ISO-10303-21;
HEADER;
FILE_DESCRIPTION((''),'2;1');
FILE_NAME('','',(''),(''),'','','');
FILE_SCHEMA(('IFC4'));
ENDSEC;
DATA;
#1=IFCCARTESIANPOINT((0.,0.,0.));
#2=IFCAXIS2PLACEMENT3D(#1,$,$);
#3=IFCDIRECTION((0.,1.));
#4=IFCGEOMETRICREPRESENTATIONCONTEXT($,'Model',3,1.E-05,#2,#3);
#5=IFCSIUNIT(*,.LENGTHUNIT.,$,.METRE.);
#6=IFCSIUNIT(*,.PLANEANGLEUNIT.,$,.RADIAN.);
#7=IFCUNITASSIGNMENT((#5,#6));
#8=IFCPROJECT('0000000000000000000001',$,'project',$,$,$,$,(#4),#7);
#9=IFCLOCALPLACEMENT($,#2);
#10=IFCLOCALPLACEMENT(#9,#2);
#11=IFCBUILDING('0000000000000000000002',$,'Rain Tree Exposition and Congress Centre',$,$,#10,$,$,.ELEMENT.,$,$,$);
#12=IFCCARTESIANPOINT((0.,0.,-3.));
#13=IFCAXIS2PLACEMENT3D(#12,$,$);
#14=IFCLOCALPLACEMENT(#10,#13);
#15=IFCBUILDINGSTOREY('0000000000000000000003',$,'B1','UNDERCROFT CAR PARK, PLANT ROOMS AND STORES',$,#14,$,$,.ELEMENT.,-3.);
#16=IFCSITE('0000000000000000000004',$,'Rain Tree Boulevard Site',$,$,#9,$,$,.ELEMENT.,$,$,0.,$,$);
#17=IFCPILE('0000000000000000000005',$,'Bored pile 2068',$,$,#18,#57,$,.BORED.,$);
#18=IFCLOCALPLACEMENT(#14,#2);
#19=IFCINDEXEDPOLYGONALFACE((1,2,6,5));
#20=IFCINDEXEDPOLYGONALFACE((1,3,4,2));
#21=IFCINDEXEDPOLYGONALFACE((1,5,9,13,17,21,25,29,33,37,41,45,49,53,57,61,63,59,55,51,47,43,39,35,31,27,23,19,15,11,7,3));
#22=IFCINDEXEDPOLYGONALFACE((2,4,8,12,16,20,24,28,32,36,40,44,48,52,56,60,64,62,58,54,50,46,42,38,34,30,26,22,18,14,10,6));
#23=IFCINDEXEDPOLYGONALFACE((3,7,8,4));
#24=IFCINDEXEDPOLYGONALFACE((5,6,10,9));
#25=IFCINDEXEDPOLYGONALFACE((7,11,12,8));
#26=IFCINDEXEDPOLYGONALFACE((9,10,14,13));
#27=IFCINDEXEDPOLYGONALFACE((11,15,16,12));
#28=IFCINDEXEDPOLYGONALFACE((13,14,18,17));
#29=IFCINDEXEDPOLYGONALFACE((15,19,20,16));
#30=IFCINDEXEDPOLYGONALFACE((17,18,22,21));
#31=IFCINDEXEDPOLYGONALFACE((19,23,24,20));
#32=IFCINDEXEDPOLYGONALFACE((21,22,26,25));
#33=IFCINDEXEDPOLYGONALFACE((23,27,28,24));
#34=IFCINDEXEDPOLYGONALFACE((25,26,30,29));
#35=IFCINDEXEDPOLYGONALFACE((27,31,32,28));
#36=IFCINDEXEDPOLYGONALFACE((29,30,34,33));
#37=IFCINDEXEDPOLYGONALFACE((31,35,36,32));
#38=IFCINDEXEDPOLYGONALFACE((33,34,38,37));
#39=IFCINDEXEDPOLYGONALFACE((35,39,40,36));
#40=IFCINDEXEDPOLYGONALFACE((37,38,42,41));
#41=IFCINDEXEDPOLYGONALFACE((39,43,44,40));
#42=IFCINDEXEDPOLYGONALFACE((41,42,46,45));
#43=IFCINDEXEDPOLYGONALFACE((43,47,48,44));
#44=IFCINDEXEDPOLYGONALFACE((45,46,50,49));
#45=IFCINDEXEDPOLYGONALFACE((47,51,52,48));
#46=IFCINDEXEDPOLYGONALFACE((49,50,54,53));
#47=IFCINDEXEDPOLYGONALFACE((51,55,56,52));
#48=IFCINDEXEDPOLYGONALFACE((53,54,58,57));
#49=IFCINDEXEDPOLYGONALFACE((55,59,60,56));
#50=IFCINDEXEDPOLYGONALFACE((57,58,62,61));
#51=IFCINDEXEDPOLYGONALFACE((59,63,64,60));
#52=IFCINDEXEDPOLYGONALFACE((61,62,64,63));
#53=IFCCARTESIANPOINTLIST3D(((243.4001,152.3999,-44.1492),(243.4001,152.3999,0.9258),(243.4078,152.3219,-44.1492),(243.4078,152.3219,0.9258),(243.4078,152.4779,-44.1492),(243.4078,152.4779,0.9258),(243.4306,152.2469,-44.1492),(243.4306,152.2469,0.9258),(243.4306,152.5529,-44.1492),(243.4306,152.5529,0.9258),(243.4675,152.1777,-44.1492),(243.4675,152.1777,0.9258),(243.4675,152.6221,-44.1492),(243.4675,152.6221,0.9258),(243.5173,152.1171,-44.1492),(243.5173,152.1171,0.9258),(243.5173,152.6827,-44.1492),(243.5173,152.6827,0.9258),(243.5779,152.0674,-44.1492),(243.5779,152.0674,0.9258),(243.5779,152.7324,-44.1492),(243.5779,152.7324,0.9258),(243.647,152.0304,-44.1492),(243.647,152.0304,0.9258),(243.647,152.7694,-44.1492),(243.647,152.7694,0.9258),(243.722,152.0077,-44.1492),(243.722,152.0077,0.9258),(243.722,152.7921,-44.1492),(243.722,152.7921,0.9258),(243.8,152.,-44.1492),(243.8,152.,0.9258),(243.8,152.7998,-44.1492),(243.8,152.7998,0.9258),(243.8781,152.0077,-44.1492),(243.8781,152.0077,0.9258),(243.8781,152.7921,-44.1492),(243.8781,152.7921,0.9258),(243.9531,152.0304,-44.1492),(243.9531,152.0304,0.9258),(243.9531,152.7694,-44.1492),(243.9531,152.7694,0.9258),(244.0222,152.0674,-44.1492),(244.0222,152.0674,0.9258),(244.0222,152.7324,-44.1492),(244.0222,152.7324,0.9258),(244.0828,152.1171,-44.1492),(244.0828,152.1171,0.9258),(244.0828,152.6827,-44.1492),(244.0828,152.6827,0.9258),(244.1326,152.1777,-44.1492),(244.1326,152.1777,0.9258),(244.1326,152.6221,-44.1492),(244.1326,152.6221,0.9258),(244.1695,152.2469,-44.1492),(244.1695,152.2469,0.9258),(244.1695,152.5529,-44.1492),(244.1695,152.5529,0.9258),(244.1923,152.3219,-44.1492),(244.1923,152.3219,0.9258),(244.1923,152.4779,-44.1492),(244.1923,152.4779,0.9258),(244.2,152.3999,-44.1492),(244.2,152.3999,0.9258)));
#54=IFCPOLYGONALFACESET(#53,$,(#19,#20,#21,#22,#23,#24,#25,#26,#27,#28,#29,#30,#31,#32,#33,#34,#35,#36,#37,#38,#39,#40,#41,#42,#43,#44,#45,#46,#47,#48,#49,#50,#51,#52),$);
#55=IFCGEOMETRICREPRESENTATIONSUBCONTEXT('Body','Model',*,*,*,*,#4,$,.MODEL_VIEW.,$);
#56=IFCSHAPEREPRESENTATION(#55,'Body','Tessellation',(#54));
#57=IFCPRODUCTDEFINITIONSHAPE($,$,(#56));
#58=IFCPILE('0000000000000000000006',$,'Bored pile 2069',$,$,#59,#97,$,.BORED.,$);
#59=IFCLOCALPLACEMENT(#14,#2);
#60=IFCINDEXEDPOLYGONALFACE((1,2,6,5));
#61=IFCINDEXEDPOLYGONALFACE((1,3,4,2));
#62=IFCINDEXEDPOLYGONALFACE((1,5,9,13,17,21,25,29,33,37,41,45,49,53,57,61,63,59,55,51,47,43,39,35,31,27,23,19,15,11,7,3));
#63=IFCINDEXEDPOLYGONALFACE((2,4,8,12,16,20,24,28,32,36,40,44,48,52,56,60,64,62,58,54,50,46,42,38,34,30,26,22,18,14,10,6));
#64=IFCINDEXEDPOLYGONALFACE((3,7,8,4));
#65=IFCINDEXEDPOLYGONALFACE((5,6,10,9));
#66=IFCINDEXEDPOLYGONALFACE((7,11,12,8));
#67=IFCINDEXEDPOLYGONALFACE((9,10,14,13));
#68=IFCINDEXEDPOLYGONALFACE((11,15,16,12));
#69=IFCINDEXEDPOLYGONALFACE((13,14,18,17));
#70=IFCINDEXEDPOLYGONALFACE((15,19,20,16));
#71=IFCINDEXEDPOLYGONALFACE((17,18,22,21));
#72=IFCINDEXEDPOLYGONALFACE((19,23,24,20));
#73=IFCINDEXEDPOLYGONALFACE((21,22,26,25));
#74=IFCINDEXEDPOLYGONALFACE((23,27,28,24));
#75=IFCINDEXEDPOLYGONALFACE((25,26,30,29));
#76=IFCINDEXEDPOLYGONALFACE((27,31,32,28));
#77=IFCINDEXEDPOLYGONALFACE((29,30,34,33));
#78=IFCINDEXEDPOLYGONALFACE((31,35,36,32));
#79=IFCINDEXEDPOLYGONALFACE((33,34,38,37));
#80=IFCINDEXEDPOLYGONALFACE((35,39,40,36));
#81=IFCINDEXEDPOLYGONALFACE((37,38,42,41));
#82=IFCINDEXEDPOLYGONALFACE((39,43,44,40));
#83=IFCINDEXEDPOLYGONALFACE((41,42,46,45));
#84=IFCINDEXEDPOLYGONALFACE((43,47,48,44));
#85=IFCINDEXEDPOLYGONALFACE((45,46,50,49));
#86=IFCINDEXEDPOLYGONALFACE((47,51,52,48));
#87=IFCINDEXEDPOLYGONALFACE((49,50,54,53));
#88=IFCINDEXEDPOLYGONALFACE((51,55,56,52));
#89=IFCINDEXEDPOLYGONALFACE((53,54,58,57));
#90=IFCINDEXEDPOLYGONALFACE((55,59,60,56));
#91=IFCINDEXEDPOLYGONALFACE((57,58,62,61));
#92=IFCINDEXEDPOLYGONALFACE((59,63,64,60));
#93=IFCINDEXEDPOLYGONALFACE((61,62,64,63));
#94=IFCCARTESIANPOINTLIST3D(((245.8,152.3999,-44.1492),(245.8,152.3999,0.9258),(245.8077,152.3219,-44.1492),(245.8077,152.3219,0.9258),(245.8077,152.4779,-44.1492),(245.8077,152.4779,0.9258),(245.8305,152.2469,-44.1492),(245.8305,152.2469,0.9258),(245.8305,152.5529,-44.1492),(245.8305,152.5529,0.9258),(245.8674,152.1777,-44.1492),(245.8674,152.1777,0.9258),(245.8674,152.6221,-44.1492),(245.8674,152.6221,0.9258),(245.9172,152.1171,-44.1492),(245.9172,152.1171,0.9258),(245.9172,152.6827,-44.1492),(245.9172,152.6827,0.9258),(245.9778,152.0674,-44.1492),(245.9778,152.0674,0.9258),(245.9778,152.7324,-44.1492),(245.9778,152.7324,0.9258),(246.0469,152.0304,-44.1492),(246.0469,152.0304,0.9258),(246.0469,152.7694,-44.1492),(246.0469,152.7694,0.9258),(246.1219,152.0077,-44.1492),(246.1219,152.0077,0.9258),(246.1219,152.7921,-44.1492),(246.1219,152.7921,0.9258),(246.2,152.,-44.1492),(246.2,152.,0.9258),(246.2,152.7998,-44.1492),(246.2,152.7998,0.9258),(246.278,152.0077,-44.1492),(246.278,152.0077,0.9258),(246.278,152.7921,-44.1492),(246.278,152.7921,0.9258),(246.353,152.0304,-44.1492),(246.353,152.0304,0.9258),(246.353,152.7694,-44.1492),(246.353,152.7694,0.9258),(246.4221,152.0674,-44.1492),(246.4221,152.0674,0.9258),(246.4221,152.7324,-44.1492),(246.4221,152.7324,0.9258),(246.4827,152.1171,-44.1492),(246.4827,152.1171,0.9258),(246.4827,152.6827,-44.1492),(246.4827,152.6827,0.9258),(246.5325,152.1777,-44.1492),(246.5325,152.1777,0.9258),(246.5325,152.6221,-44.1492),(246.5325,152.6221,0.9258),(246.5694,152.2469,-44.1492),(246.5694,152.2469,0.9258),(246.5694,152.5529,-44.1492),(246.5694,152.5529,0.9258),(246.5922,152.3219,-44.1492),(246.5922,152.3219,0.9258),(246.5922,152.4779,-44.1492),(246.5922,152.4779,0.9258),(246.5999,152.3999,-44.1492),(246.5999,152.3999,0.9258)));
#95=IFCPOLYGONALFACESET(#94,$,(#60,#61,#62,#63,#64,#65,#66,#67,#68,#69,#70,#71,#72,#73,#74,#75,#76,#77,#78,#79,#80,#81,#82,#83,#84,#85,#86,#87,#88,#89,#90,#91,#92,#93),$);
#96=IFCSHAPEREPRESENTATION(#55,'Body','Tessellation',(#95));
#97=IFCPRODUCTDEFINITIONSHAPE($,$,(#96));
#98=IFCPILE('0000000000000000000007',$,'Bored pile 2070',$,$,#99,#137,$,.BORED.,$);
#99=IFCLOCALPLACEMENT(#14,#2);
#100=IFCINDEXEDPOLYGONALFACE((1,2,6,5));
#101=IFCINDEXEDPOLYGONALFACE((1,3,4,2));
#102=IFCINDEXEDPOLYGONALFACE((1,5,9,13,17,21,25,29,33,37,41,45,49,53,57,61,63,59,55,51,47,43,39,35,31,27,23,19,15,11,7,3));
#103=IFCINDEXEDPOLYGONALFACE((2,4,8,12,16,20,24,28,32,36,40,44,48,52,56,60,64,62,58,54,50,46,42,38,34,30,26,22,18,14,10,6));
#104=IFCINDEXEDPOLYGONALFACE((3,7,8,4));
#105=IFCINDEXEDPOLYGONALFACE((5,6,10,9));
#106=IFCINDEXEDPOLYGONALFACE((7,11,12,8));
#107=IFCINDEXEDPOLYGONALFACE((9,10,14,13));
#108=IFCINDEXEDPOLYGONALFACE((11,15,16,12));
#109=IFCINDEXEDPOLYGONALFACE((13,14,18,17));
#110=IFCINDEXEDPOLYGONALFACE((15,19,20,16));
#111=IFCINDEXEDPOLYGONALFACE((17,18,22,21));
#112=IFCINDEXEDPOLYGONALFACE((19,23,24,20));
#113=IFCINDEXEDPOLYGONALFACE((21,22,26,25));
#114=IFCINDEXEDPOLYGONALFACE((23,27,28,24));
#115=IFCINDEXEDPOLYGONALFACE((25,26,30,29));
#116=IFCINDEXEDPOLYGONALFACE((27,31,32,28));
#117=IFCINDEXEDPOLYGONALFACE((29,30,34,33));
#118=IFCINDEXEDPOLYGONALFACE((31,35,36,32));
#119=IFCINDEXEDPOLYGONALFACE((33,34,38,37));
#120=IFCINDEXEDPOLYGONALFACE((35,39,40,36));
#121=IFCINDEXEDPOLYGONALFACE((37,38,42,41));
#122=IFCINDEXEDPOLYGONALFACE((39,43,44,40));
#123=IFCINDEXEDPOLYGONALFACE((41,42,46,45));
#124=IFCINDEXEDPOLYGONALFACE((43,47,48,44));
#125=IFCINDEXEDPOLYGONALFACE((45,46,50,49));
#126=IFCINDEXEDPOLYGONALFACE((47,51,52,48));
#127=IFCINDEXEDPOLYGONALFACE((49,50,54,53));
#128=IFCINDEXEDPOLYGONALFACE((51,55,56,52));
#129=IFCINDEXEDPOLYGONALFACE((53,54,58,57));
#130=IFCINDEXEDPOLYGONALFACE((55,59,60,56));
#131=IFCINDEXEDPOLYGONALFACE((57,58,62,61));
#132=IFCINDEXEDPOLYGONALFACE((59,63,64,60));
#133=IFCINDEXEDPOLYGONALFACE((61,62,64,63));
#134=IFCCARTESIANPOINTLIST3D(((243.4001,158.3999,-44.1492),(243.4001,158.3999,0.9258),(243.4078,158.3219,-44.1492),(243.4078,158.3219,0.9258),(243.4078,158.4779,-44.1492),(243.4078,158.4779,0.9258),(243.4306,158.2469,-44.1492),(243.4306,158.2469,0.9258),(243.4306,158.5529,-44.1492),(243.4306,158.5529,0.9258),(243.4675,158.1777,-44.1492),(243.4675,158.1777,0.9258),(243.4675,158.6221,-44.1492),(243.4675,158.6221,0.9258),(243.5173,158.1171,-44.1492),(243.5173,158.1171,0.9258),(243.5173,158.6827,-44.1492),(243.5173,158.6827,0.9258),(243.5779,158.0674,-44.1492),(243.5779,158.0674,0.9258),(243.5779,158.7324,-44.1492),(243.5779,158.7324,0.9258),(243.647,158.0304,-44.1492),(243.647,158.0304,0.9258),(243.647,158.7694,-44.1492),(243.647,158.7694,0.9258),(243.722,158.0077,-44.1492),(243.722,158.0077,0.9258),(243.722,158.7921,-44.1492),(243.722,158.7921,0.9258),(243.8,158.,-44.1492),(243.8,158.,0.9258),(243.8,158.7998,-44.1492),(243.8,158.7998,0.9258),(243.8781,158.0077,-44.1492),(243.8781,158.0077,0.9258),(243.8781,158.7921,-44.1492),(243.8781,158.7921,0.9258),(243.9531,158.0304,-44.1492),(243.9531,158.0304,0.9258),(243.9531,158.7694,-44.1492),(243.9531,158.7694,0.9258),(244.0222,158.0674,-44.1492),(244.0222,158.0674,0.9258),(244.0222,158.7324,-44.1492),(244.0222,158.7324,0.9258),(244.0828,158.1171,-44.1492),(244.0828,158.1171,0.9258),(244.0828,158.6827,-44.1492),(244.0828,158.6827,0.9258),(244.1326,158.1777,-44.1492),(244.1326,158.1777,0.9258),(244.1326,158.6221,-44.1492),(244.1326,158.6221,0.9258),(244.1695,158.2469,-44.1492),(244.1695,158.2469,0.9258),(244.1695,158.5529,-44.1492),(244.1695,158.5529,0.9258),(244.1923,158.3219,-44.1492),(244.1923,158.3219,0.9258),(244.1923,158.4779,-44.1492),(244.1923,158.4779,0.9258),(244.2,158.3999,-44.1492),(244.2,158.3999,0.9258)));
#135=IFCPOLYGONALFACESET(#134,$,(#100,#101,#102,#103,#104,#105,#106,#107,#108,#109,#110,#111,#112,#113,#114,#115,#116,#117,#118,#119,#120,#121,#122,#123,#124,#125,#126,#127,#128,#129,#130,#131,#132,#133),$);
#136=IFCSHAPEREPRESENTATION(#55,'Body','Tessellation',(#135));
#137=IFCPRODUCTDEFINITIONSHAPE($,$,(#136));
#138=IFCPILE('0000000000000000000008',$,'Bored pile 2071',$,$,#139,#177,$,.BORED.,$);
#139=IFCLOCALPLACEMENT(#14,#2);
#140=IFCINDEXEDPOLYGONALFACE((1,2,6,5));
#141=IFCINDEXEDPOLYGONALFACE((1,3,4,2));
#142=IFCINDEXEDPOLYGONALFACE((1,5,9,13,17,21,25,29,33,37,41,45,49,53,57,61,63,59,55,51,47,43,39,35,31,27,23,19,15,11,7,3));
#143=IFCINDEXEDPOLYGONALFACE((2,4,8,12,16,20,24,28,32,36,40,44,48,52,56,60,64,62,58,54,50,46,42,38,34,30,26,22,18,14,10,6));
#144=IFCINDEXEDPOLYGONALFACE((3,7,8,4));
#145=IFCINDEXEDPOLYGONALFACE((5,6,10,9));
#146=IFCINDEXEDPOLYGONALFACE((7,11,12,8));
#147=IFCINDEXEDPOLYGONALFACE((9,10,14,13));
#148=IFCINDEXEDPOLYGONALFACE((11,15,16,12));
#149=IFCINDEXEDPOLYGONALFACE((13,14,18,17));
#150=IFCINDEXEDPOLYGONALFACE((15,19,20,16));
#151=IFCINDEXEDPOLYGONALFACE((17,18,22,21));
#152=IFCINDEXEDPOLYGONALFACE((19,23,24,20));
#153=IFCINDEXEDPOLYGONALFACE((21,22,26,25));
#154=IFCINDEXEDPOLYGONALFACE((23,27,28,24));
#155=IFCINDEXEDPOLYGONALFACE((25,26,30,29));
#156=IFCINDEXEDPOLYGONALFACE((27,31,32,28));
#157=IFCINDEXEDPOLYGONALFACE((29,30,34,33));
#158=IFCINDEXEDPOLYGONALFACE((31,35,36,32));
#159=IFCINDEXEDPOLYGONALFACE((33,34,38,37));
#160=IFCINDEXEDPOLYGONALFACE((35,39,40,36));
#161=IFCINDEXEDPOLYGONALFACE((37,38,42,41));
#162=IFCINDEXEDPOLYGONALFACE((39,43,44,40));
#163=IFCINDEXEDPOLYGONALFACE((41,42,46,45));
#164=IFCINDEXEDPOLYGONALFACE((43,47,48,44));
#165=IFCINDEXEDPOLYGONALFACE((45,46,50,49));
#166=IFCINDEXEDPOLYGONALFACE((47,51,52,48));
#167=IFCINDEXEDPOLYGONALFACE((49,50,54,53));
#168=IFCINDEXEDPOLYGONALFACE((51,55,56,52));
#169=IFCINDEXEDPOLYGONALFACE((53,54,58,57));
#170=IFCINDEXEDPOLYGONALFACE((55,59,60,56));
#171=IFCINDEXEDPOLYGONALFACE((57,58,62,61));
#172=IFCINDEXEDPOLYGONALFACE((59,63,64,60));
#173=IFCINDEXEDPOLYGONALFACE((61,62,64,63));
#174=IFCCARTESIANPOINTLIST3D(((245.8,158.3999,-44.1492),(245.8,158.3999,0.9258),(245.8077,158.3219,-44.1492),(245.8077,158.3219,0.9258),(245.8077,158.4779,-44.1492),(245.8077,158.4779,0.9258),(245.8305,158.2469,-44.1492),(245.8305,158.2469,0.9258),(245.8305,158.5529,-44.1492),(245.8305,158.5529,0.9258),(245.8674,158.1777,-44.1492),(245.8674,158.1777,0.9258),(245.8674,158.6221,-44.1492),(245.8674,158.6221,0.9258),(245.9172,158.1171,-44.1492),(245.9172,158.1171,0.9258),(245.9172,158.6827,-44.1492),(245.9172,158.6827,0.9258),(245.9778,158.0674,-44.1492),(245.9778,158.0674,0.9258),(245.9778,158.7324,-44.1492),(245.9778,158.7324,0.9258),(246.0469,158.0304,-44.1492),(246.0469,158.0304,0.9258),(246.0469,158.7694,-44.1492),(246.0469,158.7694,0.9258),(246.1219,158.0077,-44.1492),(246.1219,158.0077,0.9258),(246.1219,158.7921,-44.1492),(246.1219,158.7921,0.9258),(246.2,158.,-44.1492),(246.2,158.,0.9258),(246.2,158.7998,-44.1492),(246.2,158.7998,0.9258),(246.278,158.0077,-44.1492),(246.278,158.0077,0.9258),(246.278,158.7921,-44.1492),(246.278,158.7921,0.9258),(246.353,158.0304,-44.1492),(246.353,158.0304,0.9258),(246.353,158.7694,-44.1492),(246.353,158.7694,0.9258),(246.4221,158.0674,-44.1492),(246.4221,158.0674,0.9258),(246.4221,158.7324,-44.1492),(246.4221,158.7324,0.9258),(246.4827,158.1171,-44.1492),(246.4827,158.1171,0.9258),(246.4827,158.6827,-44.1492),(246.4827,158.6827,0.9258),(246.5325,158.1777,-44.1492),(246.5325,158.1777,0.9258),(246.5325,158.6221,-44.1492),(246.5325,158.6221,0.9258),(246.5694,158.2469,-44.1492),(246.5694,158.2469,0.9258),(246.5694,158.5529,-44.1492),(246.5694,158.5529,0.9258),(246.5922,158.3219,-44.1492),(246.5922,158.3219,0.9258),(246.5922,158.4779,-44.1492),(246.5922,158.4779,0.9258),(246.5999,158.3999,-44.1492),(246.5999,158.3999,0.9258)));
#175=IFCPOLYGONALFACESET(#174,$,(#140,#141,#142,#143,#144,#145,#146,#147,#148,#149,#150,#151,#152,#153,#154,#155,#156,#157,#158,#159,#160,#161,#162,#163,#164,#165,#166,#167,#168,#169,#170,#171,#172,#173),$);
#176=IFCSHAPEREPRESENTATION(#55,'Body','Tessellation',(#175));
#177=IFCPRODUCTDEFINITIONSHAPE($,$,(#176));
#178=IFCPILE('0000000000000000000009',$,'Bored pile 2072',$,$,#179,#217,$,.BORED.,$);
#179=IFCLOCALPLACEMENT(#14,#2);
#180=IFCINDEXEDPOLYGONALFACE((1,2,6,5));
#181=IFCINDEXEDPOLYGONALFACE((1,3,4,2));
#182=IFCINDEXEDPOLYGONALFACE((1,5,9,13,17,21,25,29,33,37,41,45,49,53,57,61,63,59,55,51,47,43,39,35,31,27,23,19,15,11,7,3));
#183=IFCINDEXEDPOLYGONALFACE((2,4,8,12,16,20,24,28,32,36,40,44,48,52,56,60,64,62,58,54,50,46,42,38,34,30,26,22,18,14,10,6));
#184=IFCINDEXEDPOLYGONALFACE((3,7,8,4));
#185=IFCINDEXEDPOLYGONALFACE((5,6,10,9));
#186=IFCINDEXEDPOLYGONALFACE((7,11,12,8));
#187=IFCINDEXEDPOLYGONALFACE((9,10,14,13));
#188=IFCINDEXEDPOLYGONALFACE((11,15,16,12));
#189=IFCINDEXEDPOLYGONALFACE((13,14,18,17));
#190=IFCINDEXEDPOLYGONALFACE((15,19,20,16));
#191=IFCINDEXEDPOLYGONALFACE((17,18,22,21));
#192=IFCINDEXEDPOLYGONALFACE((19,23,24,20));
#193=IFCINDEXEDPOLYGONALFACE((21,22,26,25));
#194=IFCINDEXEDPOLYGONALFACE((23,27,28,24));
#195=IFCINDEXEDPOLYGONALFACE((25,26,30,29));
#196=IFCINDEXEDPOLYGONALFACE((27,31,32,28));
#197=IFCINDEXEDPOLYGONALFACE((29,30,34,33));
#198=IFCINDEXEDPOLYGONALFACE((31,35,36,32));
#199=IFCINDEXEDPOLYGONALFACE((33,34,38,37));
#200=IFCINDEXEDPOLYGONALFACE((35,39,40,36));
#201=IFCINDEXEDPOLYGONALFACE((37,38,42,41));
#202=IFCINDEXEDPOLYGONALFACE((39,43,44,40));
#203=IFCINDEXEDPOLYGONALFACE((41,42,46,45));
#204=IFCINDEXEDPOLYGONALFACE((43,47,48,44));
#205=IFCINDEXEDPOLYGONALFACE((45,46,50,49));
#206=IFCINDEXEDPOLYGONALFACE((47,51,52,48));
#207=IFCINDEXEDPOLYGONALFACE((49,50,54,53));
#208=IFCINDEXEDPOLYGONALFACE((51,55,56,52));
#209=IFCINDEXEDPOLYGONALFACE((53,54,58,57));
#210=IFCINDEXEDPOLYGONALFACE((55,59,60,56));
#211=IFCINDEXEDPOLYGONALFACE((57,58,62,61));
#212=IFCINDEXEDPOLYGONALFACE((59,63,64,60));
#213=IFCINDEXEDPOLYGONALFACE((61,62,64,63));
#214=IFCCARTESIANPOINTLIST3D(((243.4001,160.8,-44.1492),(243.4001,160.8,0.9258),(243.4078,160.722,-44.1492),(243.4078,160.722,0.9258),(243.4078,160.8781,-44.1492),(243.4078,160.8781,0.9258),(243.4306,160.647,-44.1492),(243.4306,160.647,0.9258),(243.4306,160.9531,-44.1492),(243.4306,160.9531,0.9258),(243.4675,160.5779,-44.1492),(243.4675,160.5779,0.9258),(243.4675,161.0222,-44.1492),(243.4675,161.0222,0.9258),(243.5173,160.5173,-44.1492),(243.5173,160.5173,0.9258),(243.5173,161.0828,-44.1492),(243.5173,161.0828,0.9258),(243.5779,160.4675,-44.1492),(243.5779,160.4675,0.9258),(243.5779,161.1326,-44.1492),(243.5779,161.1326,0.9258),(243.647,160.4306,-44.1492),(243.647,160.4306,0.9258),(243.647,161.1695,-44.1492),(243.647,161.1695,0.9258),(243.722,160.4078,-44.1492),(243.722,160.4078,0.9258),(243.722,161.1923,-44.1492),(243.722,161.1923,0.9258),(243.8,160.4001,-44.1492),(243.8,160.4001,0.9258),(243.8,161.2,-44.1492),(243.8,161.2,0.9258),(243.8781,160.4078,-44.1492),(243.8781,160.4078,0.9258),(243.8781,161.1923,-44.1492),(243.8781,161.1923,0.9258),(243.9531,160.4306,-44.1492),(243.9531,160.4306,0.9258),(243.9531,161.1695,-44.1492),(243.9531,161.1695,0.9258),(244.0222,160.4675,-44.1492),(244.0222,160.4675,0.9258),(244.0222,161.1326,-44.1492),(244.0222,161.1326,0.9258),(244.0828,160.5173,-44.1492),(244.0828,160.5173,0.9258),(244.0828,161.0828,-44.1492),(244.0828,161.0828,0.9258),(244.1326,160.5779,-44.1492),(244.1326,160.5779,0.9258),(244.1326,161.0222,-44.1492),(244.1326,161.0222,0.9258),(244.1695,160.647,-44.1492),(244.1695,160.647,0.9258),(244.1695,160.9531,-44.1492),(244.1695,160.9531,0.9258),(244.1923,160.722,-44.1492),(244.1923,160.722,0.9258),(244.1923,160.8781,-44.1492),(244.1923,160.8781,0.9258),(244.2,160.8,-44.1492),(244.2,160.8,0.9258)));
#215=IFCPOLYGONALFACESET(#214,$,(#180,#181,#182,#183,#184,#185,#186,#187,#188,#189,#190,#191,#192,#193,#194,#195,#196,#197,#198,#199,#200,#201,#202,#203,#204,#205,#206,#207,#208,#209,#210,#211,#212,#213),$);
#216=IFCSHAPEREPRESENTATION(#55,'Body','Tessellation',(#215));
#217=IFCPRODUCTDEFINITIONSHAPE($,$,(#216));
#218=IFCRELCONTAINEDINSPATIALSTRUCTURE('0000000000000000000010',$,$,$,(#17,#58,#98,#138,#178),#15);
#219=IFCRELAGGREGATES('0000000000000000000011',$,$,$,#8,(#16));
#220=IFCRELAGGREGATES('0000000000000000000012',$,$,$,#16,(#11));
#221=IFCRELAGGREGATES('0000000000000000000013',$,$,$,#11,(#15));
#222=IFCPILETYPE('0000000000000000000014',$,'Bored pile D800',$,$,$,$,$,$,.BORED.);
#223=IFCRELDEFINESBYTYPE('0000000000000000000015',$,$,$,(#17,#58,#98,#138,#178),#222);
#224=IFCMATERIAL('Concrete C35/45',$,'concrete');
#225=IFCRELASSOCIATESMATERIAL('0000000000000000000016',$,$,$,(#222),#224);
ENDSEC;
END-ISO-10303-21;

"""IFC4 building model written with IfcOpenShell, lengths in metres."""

from ifc_helpers import new_model, si_unit, direction, frame, origin, origin_2d, place, context, subcontext, project, spatial, circle, extrude, material, material_profile, profile_set, type_object, element, save


model = new_model("IFC4")

# Units and contexts
model_context = context("Model", 3, precision=1e-05, world=origin(), true_north=direction((0.0, 1.0)))
body_context = subcontext(model_context, "Body", "Model", "MODEL_VIEW")
ifc_project = project(units=[si_unit("LENGTHUNIT", "METRE"), si_unit("PLANEANGLEUNIT", "RADIAN")], contexts=[model_context])

# Site, building, storey
site_placement = place(None, origin())
site = spatial("IfcSite", under=ifc_project, at=site_placement, Name="Rain Tree Boulevard Site", CompositionType="ELEMENT", RefElevation=0.0)
building_placement = place(site_placement, origin())
building = spatial("IfcBuilding", under=site, at=building_placement, Name="Rain Tree Exposition and Congress Centre", CompositionType="ELEMENT")
storey_placement = place(building_placement, frame((0.0, 0.0, -3.0)))
storey = spatial("IfcBuildingStorey", under=building, at=storey_placement, Name="B1", Description="UNDERCROFT CAR PARK, PLANT ROOMS AND STORES", CompositionType="ELEMENT", Elevation=-3.0)

# Piles
ifc_material_1 = material(Name="Concrete C35/45", Category="concrete")
ifc_material_profile_1 = material_profile(ifc_material_1, circle(Radius=0.3999, at=origin_2d()), Name="D800")
ifc_profile_set_1 = profile_set([ifc_material_profile_1], Name="Concrete C35/45")
pile_type_1 = type_object("IfcPileType", Name="Bored pile D800", PredefinedType="BORED", material=ifc_profile_set_1)
for number, where, z_axis, x_axis, name in (
    (1, (243.8, 152.3999, 0.9258), (0.0, 0.0, -1.0), (1.0, 0.0, 0.0), "Bored pile 2068"),
    (2, (246.2, 152.3999, 0.9258), (0.0, 0.0, -1.0), (1.0, 0.0, 0.0), "Bored pile 2069"),
    (3, (243.8, 158.3999, 0.9258), (0.0, 0.0, -1.0), (1.0, 0.0, 0.0), "Bored pile 2070"),
    (4, (246.2, 158.3999, 0.9258), (0.0, 0.0, -1.0), (1.0, 0.0, 0.0), "Bored pile 2071"),
    (5, (243.8, 160.8, 0.9258), (0.0, 0.0, -1.0), (1.0, 0.0, 0.0), "Bored pile 2072"),
):
    element("IfcPile", number, at=place(storey_placement, frame(where, z_axis=z_axis, x_axis=x_axis)), inside=storey, type_object=pile_type_1, Name=name, PredefinedType="BORED", context=body_context, shape_type="SweptSolid", body=[
        extrude(circle(Radius=0.3999, at=origin_2d()), origin(), (0.0, 0.0, 1.0), 45.075),
    ])

save(model, "model.ifc")
